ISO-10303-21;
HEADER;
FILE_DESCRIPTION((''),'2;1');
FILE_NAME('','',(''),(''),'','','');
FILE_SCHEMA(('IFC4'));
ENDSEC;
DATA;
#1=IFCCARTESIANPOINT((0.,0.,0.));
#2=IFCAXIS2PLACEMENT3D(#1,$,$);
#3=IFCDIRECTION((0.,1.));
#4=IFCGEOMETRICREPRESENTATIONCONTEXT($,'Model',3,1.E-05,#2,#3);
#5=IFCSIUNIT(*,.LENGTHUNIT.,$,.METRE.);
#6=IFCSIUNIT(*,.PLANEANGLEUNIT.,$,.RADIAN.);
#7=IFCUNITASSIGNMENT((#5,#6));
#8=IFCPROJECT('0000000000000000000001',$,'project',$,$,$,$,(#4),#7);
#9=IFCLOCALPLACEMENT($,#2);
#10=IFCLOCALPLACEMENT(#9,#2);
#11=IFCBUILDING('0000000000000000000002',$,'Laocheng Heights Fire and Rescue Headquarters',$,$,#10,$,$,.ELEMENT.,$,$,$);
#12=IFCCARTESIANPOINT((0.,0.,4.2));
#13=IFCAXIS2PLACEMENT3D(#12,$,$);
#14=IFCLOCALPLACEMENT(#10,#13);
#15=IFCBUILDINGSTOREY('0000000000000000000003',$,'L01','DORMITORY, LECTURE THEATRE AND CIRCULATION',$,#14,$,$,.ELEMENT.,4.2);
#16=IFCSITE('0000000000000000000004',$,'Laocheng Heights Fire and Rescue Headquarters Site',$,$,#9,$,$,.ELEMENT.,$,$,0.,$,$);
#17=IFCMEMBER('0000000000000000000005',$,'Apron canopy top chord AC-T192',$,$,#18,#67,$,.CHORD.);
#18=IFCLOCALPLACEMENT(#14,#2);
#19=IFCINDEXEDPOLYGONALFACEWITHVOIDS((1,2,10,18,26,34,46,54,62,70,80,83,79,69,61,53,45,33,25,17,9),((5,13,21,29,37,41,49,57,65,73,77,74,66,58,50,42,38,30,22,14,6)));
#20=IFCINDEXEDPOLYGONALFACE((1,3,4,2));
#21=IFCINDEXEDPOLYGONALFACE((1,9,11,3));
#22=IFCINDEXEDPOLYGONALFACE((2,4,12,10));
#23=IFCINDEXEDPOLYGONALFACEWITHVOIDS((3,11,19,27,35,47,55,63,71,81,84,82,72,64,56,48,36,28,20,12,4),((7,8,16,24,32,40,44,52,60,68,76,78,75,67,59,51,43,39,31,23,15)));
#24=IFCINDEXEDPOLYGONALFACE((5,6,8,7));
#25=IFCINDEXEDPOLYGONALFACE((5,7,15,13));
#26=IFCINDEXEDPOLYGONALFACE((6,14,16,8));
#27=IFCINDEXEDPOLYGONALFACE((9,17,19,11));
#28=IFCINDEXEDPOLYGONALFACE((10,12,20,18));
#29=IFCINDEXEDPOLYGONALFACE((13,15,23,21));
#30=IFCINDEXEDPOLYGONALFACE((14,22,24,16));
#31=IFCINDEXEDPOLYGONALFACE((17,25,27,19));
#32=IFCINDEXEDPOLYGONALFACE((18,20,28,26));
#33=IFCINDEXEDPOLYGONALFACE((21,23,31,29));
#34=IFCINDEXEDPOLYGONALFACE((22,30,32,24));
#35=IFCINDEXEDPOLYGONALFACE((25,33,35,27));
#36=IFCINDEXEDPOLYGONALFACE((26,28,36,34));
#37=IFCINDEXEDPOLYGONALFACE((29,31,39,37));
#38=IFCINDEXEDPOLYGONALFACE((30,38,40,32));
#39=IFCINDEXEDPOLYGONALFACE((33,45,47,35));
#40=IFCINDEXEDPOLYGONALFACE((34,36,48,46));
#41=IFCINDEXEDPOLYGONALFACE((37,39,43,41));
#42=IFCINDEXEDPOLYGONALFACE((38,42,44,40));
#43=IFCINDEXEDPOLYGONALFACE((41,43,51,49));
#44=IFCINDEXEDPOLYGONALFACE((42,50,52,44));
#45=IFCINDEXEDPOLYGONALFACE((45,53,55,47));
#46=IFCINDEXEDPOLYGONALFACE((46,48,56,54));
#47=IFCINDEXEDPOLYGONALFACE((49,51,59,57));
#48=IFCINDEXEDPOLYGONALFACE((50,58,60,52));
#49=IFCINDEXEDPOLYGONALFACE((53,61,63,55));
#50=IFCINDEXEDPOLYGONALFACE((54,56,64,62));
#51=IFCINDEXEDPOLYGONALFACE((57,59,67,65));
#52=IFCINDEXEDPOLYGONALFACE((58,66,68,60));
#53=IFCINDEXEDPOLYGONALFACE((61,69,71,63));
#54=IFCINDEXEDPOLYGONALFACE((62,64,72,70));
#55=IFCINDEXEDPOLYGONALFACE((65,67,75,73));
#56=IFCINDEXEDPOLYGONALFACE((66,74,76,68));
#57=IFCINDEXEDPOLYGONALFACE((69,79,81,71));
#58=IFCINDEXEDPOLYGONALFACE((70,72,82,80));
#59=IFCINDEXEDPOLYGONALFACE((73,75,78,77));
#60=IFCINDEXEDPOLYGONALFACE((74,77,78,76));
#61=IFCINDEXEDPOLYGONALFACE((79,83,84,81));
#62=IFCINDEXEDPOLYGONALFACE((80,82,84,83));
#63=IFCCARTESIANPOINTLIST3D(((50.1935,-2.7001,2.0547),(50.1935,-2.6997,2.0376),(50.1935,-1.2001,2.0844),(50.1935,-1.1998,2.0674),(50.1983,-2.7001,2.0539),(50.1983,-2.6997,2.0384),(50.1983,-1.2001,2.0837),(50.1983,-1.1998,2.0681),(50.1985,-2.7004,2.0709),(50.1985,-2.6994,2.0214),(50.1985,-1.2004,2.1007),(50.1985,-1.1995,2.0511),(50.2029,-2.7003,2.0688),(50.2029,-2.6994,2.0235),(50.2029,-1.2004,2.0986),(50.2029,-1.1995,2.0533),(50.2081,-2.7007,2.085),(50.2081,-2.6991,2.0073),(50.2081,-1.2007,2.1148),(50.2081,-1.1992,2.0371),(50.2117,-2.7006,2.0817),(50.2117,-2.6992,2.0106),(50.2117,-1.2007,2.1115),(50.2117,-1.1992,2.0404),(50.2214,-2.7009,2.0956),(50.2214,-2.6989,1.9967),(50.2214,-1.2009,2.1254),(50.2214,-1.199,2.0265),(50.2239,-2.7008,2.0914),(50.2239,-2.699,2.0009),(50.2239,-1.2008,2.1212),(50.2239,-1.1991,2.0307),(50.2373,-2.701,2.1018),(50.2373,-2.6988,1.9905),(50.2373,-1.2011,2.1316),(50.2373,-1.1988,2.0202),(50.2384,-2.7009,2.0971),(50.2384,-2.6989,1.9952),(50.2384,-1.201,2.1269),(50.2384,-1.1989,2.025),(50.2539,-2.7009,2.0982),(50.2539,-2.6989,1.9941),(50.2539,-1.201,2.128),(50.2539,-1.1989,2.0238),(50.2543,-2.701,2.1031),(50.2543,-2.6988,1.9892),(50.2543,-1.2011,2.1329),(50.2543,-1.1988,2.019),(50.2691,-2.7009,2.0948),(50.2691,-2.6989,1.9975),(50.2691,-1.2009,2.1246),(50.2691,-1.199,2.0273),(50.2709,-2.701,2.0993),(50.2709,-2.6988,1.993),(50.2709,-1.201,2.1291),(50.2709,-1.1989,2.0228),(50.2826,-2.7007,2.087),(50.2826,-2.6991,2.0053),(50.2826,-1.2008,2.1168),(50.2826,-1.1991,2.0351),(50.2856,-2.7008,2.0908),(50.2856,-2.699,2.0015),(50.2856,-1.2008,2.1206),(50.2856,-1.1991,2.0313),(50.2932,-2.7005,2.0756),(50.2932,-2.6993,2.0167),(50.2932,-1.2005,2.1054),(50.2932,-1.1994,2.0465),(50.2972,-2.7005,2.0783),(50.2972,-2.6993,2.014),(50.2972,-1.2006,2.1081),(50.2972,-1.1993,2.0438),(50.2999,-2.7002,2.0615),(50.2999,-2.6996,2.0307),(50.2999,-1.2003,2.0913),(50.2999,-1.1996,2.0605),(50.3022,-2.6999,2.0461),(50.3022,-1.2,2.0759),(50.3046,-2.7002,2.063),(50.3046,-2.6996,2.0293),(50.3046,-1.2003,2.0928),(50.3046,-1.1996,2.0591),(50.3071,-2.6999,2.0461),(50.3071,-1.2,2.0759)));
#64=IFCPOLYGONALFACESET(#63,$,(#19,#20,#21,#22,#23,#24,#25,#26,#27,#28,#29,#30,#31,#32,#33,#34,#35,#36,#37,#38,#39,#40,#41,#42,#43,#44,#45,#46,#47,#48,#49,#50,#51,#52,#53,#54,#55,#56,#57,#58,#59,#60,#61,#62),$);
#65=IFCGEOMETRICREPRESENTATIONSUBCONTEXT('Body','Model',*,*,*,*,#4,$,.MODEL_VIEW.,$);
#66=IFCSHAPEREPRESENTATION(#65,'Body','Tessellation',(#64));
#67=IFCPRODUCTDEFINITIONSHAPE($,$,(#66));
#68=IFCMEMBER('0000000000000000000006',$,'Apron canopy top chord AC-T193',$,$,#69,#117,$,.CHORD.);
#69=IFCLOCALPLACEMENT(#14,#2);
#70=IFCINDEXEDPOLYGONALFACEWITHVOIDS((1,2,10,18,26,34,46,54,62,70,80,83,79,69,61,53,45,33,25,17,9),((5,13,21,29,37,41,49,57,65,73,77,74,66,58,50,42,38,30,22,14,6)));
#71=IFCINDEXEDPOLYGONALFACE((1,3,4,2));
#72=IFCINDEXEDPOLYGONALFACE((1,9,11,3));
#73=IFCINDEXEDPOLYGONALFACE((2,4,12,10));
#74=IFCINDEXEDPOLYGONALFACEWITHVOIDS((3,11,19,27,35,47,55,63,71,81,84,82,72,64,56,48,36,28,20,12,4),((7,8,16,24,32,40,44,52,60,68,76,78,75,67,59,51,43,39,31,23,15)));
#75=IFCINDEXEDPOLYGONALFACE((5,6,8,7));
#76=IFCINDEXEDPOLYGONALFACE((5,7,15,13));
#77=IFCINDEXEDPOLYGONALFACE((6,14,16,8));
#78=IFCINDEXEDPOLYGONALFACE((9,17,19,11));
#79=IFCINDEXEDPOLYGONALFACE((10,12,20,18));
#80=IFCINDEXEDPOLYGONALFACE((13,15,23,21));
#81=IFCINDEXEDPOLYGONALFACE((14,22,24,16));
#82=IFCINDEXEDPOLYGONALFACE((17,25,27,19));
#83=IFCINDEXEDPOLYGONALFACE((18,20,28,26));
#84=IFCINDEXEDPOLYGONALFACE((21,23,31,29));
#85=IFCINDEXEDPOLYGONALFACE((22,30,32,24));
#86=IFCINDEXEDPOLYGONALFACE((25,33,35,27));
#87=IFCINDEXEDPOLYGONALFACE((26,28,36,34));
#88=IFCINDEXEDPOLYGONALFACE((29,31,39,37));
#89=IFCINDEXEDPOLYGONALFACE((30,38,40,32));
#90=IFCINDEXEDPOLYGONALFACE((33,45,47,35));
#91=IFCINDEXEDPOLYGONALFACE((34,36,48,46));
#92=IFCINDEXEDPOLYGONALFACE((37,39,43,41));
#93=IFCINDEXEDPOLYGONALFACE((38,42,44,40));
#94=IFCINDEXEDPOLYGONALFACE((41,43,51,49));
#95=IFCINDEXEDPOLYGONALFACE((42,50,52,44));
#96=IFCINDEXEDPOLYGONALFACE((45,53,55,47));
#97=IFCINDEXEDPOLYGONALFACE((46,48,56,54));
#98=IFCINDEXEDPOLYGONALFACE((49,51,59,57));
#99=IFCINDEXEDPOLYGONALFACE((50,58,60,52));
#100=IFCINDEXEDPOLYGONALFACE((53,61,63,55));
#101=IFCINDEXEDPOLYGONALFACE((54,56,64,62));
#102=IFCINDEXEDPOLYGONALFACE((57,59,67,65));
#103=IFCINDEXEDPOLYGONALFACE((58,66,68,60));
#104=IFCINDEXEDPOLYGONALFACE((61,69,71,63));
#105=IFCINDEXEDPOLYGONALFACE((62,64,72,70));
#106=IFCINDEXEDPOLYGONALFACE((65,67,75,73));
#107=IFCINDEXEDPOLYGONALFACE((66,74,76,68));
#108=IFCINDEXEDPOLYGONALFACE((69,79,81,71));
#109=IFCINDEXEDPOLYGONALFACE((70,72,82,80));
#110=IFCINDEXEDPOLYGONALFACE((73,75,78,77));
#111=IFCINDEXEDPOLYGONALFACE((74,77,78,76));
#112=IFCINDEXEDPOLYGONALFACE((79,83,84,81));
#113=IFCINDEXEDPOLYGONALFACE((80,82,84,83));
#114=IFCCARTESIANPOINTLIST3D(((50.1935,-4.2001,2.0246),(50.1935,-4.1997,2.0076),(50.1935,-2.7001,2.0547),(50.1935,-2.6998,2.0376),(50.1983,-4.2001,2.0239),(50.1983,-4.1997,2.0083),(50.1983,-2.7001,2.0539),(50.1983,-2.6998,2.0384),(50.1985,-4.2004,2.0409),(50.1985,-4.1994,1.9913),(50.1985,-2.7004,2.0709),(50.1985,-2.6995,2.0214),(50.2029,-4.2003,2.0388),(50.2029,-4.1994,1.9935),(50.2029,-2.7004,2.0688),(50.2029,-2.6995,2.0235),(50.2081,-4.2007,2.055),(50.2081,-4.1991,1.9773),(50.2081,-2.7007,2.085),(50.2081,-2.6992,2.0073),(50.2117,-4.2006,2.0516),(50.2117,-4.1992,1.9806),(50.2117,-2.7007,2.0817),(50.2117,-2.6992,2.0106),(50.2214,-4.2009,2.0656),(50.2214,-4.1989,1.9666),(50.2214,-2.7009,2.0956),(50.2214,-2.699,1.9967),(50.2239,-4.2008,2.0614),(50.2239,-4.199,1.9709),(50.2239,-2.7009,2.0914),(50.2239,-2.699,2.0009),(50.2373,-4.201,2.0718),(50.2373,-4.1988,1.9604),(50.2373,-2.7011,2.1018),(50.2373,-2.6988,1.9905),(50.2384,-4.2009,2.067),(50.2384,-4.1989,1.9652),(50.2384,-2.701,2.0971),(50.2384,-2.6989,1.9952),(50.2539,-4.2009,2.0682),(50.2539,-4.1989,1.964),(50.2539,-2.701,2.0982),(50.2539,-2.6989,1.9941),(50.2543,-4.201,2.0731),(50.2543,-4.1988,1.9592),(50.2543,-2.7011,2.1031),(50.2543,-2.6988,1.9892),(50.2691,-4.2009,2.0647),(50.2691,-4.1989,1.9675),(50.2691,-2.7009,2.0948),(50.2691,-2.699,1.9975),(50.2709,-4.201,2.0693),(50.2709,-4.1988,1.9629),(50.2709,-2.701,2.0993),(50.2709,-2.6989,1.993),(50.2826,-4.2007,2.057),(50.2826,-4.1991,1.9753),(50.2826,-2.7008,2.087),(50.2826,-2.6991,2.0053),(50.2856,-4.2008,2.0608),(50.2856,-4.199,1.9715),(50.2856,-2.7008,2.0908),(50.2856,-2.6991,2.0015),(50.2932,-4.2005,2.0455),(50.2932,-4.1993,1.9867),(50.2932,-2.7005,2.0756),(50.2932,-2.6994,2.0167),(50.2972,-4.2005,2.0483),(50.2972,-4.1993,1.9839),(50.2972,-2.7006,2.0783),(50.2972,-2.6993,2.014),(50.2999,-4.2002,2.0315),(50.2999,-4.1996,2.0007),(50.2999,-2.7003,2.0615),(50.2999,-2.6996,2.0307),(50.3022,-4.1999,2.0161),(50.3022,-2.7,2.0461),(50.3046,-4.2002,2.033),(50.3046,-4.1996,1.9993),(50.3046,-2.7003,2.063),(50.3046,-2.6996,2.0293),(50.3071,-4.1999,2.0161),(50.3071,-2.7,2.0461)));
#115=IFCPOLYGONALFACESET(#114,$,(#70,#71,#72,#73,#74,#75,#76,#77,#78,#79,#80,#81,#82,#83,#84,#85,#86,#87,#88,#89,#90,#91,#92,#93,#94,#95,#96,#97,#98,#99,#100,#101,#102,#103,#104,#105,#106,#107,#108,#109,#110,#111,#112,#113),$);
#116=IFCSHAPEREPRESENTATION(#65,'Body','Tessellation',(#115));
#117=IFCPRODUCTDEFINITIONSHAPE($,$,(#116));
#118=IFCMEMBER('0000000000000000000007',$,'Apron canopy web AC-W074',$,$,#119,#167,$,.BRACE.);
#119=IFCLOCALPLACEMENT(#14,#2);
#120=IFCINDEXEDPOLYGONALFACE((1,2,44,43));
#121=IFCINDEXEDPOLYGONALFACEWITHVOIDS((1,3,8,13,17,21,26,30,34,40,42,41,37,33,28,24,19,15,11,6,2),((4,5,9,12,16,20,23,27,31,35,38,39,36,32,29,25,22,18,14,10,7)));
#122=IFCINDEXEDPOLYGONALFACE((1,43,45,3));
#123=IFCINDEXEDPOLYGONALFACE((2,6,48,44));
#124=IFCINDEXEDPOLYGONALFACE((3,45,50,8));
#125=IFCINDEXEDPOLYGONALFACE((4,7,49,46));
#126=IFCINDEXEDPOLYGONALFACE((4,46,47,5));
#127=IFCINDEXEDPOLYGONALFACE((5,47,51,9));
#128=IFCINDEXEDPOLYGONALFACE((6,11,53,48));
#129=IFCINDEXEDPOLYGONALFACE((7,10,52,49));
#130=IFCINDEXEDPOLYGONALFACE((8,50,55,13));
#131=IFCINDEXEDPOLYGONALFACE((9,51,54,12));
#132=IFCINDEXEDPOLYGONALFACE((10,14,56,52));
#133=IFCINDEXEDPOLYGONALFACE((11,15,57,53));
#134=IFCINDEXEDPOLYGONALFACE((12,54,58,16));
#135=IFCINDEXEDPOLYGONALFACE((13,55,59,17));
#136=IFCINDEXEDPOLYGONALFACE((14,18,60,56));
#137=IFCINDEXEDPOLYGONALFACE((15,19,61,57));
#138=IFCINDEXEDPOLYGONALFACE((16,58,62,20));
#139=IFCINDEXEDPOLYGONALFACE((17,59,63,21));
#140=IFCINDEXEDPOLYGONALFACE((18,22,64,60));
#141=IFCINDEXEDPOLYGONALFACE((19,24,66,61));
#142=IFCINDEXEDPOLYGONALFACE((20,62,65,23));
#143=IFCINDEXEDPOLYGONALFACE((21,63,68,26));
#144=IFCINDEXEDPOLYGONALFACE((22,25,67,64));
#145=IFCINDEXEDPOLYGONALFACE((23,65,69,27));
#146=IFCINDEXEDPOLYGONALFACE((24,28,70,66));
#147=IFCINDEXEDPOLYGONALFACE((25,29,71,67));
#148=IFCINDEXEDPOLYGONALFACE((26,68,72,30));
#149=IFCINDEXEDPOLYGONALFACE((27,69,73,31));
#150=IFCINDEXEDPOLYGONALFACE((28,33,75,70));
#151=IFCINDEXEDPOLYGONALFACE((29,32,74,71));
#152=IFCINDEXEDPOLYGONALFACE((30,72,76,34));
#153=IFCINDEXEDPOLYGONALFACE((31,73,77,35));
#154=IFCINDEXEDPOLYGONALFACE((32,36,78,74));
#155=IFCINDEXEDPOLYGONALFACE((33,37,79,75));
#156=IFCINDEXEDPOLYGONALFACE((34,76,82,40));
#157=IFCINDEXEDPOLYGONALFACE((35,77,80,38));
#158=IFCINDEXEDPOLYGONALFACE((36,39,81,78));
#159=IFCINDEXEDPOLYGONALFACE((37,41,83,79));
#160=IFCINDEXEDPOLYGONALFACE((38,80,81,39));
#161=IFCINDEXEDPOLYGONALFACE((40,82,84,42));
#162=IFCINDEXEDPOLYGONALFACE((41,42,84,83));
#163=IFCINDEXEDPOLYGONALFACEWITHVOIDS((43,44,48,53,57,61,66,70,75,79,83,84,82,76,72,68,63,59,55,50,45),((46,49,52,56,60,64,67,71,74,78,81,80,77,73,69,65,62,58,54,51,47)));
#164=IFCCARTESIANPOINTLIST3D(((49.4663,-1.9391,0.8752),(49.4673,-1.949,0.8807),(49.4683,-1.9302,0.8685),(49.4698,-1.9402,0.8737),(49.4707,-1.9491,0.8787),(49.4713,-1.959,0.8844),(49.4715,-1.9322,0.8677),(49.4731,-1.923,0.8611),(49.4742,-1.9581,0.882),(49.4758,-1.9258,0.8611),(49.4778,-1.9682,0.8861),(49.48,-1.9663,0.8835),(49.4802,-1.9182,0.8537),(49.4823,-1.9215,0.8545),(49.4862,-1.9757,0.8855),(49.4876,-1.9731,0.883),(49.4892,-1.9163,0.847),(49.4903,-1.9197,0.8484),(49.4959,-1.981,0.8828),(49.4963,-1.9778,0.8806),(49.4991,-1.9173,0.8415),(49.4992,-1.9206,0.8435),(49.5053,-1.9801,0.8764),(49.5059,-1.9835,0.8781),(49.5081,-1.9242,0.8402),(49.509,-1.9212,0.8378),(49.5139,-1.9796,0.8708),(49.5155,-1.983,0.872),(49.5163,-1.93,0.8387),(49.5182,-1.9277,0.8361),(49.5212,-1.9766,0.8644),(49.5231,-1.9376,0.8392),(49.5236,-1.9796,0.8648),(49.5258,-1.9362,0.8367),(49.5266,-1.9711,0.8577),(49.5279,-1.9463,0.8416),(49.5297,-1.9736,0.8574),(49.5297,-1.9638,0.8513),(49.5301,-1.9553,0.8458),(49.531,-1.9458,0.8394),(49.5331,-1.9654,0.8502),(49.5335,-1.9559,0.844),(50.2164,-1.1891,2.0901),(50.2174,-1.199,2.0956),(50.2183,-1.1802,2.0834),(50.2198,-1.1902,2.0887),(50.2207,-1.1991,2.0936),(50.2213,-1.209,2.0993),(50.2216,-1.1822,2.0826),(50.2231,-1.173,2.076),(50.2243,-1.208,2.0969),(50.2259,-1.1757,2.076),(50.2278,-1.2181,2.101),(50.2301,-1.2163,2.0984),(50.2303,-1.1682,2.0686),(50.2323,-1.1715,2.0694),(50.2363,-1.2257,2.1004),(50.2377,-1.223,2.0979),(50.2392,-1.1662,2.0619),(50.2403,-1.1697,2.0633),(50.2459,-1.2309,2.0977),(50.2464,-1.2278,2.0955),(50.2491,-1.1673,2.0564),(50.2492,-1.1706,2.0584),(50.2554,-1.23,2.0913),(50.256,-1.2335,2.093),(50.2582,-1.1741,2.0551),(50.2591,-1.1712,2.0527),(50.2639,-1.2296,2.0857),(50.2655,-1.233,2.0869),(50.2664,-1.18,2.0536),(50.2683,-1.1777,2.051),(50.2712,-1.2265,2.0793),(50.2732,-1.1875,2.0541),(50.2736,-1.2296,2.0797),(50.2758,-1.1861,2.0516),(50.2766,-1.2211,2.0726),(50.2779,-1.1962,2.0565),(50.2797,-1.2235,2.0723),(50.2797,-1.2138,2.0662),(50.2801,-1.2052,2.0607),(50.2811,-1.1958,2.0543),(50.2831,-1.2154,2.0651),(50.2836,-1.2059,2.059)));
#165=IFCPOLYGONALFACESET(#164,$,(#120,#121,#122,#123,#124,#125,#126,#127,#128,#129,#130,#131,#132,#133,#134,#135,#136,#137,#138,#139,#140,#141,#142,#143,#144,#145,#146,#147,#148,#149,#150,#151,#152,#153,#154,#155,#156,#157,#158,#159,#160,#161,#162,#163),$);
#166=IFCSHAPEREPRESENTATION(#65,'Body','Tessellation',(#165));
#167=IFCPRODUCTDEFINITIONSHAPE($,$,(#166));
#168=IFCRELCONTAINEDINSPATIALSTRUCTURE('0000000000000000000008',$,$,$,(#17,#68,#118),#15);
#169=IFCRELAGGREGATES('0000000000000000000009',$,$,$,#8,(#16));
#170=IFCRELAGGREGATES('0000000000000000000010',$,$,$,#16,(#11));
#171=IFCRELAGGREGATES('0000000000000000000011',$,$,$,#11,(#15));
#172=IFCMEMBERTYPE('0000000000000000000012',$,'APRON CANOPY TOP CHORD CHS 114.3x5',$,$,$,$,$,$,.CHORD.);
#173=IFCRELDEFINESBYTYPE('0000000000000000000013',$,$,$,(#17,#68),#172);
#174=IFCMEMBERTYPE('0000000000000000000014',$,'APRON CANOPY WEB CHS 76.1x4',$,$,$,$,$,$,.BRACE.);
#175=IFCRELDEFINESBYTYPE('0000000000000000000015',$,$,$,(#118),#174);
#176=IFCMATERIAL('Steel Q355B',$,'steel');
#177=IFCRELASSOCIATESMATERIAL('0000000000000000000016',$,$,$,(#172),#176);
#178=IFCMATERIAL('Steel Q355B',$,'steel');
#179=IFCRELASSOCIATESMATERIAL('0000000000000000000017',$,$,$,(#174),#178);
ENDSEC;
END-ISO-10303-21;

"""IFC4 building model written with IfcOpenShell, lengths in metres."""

from ifc_helpers import new_model, si_unit, direction, frame, origin, origin_2d, place, context, subcontext, project, spatial, hollow_circle, extrude, material, material_profile, profile_set, type_object, element, save


model = new_model("IFC4")

# Units and contexts
model_context = context("Model", 3, precision=1e-05, world=origin(), true_north=direction((0.0, 1.0)))
body_context = subcontext(model_context, "Body", "Model", "MODEL_VIEW")
ifc_project = project(units=[si_unit("LENGTHUNIT", "METRE"), si_unit("PLANEANGLEUNIT", "RADIAN")], contexts=[model_context])

# Site, building, storey
site_placement = place(None, origin())
site = spatial("IfcSite", under=ifc_project, at=site_placement, Name="Laocheng Heights Fire and Rescue Headquarters Site", CompositionType="ELEMENT", RefElevation=0.0)
building_placement = place(site_placement, origin())
building = spatial("IfcBuilding", under=site, at=building_placement, Name="Laocheng Heights Fire and Rescue Headquarters", CompositionType="ELEMENT")
storey_placement = place(building_placement, frame((0.0, 0.0, 4.2)))
storey = spatial("IfcBuildingStorey", under=building, at=storey_placement, Name="L01", Description="DORMITORY, LECTURE THEATRE AND CIRCULATION", CompositionType="ELEMENT", Elevation=4.2)

# Members
ifc_material_1 = material(Name="Steel Q355B", Category="steel")
ifc_material_profile_1 = material_profile(ifc_material_1, hollow_circle(Radius=0.0571, WallThickness=0.0049, at=origin_2d()), Name="CHS 114.3x5")
ifc_profile_set_1 = profile_set([ifc_material_profile_1], Name="Steel Q355B")
member_type_1 = type_object("IfcMemberType", Name="APRON CANOPY TOP CHORD CHS 114.3x5", PredefinedType="CHORD", material=ifc_profile_set_1)
for number, where, z_axis, x_axis, name in (
    (1, (50.25, -1.2, 2.0759), (0.0, -0.999803, -0.019853), (1.0, 0.0, 0.0), "Apron canopy top chord AC-T192"),
    (2, (50.25, -2.7, 2.0461), (0.0, -0.9998, -0.020016), (1.0, 0.0, 0.0), "Apron canopy top chord AC-T193"),
):
    element("IfcMember", number, at=place(storey_placement, frame(where, z_axis=z_axis, x_axis=x_axis)), inside=storey, type_object=member_type_1, Name=name, PredefinedType="CHORD", context=body_context, shape_type="SweptSolid", body=[
        extrude(hollow_circle(Radius=0.0571, WallThickness=0.0049, at=origin_2d()), origin(), (0.0, 0.0, 1.0), 1.5002),
    ])
ifc_material_2 = material(Name="Steel Q355B", Category="steel")
ifc_material_profile_2 = material_profile(ifc_material_2, hollow_circle(Radius=0.0381, WallThickness=0.0039, at=origin_2d()), Name="CHS 76.1x4")
ifc_profile_set_2 = profile_set([ifc_material_profile_2], Name="Steel Q355B")
member_type_2 = type_object("IfcMemberType", Name="APRON CANOPY WEB CHS 76.1x4", PredefinedType="BRACE", material=ifc_profile_set_2)
member_1_placement = place(storey_placement, frame((49.5, -1.95, 0.8611), z_axis=(0.465055, 0.465055, 0.753292), x_axis=(-0.707107, 0.707107, 0.0)))
element("IfcMember", 3, at=member_1_placement, inside=storey, type_object=member_type_2, Name="Apron canopy web AC-W074", PredefinedType="BRACE", context=body_context, shape_type="SweptSolid", body=[
    extrude(hollow_circle(Radius=0.0381, WallThickness=0.0039, at=origin_2d()), origin(), (0.0, 0.0, 1.0), 1.6128),
])

save(model, "model.ifc")
